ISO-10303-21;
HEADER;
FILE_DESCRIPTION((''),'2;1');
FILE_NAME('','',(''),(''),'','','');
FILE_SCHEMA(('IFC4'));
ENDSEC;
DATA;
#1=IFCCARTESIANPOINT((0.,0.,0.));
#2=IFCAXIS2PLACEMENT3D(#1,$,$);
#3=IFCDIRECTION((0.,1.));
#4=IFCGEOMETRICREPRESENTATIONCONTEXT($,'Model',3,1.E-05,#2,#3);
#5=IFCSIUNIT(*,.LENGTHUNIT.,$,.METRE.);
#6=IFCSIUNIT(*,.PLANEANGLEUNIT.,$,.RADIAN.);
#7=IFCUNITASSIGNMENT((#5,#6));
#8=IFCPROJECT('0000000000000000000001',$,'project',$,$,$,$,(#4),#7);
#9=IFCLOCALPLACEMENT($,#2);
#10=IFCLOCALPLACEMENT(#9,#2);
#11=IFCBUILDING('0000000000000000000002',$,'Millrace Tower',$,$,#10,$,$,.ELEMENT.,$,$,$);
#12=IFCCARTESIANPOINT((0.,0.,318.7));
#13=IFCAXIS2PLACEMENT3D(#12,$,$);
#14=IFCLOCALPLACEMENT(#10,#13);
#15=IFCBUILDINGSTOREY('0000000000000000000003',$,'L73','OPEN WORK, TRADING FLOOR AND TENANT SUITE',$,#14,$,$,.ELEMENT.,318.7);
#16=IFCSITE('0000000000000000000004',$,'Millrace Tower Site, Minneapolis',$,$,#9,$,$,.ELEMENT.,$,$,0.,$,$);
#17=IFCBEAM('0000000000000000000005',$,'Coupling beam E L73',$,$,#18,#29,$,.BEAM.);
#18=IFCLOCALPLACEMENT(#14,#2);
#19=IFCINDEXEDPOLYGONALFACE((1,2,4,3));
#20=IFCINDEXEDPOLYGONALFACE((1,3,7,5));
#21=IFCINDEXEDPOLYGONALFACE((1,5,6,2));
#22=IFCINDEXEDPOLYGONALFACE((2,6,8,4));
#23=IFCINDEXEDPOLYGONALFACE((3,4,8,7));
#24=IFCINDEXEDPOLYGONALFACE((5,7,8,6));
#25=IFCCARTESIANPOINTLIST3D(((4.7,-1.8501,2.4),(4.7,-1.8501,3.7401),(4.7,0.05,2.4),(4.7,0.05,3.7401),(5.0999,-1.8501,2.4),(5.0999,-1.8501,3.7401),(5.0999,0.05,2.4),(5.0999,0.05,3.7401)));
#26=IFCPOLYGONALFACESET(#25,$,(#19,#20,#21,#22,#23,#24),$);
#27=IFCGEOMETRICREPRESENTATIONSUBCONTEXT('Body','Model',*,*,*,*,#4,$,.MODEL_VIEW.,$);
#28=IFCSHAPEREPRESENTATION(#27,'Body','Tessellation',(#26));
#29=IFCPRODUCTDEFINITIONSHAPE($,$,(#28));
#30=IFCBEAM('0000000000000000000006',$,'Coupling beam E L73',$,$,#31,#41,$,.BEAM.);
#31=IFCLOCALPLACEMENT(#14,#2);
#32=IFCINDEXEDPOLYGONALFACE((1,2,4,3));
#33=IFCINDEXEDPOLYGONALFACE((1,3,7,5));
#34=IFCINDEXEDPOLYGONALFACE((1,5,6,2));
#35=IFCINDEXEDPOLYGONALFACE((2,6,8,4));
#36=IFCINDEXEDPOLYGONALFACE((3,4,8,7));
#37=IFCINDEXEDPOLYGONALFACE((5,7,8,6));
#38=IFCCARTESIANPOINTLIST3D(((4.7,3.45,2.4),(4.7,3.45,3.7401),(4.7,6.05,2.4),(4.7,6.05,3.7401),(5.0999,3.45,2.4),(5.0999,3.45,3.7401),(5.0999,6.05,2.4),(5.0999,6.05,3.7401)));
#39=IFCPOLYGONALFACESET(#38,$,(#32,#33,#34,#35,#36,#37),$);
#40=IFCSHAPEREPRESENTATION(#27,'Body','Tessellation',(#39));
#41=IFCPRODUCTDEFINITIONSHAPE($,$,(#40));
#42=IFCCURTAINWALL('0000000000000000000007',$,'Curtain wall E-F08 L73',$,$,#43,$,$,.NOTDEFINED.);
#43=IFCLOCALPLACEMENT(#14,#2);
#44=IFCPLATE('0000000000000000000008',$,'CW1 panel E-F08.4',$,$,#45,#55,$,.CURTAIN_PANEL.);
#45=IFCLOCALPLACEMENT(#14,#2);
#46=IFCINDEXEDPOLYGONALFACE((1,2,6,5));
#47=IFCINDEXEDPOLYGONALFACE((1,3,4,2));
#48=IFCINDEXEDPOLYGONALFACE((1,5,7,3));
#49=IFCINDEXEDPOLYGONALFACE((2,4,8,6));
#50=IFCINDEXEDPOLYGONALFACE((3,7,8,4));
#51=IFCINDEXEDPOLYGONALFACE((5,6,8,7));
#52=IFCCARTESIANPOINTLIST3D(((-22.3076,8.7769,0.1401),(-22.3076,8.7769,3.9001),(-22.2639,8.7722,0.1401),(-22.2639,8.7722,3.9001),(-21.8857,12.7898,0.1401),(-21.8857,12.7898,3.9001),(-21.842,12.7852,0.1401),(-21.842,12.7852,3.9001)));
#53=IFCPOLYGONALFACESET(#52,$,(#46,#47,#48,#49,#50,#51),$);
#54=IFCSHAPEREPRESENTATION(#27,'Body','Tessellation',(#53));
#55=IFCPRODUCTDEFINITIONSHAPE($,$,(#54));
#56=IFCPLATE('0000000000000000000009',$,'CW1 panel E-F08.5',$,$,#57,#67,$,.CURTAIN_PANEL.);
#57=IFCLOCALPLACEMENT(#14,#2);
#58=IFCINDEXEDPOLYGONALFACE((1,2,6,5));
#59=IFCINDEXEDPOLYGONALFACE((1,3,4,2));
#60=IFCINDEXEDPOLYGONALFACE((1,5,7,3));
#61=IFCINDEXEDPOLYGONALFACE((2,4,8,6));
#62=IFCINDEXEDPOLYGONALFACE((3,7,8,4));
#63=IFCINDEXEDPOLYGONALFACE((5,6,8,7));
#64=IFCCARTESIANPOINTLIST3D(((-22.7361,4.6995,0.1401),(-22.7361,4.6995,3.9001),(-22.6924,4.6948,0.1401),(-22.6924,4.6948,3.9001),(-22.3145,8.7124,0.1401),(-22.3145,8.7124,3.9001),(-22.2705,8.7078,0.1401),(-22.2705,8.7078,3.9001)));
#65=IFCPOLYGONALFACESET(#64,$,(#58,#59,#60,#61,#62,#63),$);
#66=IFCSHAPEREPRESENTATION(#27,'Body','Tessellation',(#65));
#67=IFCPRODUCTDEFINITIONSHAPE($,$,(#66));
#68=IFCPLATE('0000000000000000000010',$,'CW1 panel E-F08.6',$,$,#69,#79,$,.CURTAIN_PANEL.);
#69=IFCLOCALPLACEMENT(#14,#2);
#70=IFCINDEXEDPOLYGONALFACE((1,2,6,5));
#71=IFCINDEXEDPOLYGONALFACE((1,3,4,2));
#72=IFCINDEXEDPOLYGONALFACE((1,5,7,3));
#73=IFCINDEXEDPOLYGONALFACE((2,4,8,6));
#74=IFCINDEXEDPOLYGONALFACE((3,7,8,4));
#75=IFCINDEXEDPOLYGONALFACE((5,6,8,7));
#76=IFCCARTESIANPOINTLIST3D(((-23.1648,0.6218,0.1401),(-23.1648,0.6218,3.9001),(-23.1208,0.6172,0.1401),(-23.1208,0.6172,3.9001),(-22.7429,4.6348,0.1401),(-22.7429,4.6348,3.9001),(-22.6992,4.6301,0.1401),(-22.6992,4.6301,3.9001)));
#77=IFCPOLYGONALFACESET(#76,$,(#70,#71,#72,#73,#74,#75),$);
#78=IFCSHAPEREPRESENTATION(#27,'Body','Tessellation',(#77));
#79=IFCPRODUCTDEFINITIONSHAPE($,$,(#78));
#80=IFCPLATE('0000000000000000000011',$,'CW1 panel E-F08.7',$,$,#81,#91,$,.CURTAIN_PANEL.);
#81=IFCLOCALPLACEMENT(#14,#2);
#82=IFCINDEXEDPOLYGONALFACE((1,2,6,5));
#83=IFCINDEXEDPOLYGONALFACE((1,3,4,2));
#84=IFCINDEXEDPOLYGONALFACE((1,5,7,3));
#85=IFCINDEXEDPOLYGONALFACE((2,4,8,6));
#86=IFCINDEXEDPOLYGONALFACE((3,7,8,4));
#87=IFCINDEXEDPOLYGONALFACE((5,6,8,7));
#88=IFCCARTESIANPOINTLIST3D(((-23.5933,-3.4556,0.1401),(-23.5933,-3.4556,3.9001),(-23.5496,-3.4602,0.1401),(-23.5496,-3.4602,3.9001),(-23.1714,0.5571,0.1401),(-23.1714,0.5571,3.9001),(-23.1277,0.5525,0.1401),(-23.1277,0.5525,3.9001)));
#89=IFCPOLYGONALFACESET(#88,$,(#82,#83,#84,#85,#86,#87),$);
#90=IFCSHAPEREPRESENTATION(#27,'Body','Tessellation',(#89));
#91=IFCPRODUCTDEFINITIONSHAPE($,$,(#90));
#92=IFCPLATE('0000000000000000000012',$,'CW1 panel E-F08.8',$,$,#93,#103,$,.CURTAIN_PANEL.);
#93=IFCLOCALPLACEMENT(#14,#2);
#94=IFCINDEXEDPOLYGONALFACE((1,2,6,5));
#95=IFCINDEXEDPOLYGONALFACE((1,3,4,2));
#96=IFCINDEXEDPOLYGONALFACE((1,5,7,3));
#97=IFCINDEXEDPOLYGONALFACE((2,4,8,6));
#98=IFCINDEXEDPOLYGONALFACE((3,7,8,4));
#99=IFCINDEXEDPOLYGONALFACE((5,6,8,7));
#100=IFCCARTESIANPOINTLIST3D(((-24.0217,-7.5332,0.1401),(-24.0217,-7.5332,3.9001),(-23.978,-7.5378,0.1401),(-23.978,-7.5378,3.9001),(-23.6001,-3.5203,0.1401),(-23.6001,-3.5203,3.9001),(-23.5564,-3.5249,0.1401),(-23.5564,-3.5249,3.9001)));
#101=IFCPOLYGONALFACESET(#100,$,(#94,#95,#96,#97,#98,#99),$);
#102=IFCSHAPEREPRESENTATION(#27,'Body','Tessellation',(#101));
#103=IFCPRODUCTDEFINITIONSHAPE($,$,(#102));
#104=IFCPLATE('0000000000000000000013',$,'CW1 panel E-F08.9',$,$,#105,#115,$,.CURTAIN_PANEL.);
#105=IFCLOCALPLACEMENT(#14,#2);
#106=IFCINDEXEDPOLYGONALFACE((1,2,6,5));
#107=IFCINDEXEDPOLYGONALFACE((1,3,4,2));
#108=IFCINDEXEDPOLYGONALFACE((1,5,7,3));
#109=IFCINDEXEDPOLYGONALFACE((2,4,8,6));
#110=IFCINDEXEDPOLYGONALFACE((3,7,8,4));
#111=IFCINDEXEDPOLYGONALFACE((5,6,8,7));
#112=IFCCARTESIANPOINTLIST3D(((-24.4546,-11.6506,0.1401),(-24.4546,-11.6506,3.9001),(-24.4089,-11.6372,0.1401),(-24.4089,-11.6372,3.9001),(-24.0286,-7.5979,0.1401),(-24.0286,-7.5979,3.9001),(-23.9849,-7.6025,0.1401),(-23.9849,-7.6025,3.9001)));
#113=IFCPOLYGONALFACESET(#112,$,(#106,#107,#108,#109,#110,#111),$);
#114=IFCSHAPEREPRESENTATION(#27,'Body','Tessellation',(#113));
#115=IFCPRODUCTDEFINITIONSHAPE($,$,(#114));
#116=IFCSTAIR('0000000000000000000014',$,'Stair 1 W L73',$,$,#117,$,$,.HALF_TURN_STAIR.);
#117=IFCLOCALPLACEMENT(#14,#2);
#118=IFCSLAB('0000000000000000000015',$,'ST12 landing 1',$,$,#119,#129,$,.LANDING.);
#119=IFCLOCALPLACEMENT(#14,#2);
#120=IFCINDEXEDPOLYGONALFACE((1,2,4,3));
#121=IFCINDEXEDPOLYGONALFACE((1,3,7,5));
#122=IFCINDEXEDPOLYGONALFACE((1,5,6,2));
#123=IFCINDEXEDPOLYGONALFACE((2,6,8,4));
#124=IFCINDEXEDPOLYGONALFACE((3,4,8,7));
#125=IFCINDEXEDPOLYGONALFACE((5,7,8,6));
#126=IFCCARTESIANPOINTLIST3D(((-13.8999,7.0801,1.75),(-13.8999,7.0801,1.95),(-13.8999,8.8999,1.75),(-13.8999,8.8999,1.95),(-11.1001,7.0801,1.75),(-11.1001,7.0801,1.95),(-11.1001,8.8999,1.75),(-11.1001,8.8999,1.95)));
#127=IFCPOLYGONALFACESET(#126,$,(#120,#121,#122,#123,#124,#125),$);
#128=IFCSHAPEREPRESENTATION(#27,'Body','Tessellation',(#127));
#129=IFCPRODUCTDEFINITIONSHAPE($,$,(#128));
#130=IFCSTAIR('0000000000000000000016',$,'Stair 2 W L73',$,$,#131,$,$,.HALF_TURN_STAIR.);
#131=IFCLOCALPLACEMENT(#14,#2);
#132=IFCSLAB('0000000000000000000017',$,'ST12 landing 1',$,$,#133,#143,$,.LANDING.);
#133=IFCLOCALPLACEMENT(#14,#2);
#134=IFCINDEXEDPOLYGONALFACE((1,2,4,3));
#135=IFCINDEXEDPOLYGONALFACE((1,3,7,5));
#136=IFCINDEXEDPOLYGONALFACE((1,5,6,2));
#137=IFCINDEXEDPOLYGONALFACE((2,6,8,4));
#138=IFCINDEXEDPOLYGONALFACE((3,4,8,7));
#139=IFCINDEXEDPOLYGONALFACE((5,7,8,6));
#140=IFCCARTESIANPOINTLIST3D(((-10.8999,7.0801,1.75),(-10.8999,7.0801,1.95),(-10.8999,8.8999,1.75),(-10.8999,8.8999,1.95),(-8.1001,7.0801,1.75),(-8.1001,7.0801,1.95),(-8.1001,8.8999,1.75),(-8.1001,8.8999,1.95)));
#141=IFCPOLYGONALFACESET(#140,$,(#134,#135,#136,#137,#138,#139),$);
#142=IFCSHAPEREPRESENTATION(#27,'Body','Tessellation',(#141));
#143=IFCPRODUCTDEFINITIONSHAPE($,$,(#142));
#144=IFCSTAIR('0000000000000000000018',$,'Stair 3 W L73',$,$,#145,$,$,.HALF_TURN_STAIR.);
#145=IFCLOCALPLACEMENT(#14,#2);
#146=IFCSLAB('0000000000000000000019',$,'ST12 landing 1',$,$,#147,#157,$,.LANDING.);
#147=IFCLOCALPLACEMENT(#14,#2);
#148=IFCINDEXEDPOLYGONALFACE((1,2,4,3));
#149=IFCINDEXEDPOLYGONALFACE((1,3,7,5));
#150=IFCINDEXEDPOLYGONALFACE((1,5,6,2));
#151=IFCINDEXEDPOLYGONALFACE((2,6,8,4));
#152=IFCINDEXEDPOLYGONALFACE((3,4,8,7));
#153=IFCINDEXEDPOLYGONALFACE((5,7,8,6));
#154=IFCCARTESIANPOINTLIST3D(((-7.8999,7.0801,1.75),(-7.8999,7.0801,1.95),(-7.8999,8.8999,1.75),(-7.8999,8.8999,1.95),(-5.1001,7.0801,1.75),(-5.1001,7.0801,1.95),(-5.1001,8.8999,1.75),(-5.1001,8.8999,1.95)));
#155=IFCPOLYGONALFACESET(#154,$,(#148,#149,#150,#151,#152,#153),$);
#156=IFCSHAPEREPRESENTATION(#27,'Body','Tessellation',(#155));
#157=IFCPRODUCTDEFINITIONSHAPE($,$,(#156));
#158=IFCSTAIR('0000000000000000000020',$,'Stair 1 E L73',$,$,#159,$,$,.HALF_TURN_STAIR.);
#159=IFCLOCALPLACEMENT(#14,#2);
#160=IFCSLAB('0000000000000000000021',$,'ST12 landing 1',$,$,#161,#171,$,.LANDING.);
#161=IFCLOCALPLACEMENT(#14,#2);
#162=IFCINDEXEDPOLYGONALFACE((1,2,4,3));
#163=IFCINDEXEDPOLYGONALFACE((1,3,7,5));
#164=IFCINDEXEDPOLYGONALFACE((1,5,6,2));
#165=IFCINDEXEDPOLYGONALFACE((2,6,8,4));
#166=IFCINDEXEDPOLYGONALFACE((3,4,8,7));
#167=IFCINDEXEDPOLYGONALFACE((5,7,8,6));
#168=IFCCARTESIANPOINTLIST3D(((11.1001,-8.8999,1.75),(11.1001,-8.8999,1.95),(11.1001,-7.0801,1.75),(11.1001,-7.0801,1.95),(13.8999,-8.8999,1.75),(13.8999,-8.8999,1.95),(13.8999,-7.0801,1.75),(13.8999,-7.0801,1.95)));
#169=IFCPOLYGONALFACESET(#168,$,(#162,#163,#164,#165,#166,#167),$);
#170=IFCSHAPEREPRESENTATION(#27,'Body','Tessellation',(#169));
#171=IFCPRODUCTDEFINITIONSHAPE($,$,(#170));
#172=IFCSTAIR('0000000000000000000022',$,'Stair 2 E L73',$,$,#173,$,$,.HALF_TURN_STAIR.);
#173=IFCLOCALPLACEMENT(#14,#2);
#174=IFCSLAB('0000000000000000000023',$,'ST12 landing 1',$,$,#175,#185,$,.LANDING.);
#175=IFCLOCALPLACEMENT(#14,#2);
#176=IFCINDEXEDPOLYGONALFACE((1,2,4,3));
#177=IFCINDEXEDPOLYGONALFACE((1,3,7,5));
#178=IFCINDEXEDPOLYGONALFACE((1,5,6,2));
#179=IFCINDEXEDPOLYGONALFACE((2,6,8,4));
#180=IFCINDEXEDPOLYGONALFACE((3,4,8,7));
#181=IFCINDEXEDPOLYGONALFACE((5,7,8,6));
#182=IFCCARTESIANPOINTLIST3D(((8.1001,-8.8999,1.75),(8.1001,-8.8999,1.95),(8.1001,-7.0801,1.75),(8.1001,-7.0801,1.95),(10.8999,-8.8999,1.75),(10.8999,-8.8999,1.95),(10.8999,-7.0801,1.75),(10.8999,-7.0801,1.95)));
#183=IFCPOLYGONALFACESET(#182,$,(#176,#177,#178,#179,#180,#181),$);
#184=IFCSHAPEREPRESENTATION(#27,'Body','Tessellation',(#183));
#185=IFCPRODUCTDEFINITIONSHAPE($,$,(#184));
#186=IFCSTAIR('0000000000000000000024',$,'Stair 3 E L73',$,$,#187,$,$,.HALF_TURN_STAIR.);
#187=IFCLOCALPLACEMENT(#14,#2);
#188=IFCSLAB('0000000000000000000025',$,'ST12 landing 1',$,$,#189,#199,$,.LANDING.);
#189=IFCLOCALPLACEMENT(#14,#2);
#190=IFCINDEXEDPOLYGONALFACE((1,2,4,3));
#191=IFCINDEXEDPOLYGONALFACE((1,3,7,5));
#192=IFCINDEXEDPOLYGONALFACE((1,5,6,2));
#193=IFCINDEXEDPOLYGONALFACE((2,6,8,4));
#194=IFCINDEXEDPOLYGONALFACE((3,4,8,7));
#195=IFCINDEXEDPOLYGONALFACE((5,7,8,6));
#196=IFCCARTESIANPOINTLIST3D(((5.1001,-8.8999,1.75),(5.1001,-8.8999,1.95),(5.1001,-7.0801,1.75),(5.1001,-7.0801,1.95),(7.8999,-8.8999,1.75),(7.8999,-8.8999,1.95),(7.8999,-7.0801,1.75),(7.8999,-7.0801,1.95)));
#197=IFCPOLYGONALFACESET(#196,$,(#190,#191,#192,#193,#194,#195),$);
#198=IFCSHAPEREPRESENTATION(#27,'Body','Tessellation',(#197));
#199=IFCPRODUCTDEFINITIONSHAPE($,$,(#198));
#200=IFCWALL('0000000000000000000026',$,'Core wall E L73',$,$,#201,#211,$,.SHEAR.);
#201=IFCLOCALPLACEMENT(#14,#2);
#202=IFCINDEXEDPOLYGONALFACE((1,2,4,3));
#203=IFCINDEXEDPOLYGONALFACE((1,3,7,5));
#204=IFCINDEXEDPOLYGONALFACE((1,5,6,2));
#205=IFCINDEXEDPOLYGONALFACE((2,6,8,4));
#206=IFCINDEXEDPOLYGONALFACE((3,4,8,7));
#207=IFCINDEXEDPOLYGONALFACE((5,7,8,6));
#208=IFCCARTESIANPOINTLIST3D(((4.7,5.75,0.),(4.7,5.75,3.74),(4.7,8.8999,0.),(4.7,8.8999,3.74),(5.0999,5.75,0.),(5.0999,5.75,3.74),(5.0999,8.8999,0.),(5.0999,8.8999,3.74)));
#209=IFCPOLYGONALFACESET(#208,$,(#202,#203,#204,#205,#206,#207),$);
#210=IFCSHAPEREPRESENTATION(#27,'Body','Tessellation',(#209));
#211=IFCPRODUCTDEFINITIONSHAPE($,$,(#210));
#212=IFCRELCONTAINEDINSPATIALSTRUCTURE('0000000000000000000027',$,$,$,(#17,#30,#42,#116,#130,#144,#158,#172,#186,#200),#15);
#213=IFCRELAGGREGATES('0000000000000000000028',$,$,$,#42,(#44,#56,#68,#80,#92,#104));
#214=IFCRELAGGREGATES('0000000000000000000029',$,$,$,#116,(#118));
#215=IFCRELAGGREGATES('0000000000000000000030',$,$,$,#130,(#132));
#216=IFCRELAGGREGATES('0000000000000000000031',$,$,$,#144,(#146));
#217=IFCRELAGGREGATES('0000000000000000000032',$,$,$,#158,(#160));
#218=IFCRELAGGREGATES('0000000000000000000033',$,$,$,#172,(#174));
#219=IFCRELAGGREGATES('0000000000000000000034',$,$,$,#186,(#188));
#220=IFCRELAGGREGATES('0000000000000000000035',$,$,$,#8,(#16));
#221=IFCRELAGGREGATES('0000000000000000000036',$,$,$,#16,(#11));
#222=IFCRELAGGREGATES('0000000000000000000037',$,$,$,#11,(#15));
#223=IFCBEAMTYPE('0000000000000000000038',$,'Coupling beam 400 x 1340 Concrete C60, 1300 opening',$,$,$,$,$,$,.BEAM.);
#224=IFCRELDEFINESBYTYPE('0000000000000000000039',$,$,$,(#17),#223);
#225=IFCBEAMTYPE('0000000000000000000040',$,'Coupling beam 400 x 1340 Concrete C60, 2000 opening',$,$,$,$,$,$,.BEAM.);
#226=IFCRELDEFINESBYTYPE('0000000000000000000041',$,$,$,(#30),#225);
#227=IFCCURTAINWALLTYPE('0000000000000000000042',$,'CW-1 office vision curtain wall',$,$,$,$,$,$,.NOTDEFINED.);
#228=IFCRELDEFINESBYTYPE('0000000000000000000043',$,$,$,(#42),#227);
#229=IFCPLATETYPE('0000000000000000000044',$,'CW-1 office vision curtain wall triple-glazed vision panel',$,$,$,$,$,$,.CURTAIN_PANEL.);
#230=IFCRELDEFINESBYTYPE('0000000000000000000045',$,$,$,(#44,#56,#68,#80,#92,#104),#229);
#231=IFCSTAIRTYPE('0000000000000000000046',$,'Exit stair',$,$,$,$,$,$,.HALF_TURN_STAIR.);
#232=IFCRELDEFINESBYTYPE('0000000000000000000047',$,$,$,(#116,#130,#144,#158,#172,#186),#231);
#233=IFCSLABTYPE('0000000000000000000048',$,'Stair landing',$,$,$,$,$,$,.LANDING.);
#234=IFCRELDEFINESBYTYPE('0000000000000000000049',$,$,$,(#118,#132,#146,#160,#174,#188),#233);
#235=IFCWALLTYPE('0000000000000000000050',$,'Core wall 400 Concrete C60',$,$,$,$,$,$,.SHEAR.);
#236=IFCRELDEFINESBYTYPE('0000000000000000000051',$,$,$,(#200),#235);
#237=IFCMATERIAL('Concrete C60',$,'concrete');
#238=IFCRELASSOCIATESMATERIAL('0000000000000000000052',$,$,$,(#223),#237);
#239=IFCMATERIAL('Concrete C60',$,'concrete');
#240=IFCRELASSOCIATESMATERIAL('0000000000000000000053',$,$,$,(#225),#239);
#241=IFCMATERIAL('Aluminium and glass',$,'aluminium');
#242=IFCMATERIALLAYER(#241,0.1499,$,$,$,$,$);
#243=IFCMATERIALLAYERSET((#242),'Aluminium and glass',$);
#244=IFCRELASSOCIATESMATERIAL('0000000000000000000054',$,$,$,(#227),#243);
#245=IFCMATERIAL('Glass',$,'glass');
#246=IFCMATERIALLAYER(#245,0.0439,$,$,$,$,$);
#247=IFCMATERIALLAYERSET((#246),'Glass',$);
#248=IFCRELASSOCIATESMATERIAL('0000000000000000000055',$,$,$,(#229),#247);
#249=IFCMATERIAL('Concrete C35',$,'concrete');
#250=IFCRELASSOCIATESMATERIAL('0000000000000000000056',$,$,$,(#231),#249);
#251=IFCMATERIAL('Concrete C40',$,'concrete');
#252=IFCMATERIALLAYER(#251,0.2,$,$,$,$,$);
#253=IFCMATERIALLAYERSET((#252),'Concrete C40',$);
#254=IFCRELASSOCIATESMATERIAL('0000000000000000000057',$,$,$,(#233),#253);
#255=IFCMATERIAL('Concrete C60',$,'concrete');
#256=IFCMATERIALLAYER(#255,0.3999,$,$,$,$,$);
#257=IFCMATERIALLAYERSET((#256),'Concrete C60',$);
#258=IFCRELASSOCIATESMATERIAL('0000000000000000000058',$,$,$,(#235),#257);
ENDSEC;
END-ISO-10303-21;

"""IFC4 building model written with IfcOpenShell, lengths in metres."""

from ifc_helpers import new_model, si_unit, direction, frame, frame_2d, origin, origin_2d, place, context, subcontext, project, spatial, polyline, rectangle, outline, extrude, material, layer, layer_set, material_profile, profile_set, type_object, element, aggregate, save


model = new_model("IFC4")

# Units and contexts
model_context = context("Model", 3, precision=1e-05, world=origin(), true_north=direction((0.0, 1.0)))
body_context = subcontext(model_context, "Body", "Model", "MODEL_VIEW")
ifc_project = project(units=[si_unit("LENGTHUNIT", "METRE"), si_unit("PLANEANGLEUNIT", "RADIAN")], contexts=[model_context])

# Site, building, storey
site_placement = place(None, origin())
site = spatial("IfcSite", under=ifc_project, at=site_placement, Name="Millrace Tower Site, Minneapolis", CompositionType="ELEMENT", RefElevation=0.0)
building_placement = place(site_placement, origin())
building = spatial("IfcBuilding", under=site, at=building_placement, Name="Millrace Tower", CompositionType="ELEMENT")
storey_placement = place(building_placement, frame((0.0, 0.0, 318.7)))
storey = spatial("IfcBuildingStorey", under=building, at=storey_placement, Name="L73", Description="OPEN WORK, TRADING FLOOR AND TENANT SUITE", CompositionType="ELEMENT", Elevation=318.7)

# Beams
ifc_material_1 = material(Name="Concrete C60", Category="concrete")
ifc_material_profile_1 = material_profile(ifc_material_1, rectangle(XDim=0.3999, YDim=1.3401, at=origin_2d()))
ifc_profile_set_1 = profile_set([ifc_material_profile_1], Name="Concrete C60")
beam_type_1 = type_object("IfcBeamType", Name="Coupling beam 400 x 1340 Concrete C60, 1300 opening", PredefinedType="BEAM", material=ifc_profile_set_1)
beam_1_placement = place(storey_placement, frame((4.8999, 0.05, 3.0701), z_axis=(0.0, -1.0, 0.0), x_axis=(1.0, 0.0, 0.0)))
element("IfcBeam", 1, at=beam_1_placement, inside=storey, type_object=beam_type_1, Name="Coupling beam E L73", PredefinedType="BEAM", context=body_context, shape_type="SweptSolid", body=[
    extrude(rectangle(XDim=0.3999, YDim=1.3401, at=origin_2d()), origin(), (0.0, 0.0, 1.0), 1.9001),
])
ifc_material_2 = material(Name="Concrete C60", Category="concrete")
ifc_material_profile_2 = material_profile(ifc_material_2, rectangle(XDim=0.3999, YDim=1.3401, at=origin_2d()))
ifc_profile_set_2 = profile_set([ifc_material_profile_2], Name="Concrete C60")
beam_type_2 = type_object("IfcBeamType", Name="Coupling beam 400 x 1340 Concrete C60, 2000 opening", PredefinedType="BEAM", material=ifc_profile_set_2)
beam_2_placement = place(storey_placement, frame((4.8999, 6.05, 3.0701), z_axis=(0.0, -1.0, 0.0), x_axis=(1.0, 0.0, 0.0)))
element("IfcBeam", 2, at=beam_2_placement, inside=storey, type_object=beam_type_2, Name="Coupling beam E L73", PredefinedType="BEAM", context=body_context, shape_type="SweptSolid", body=[
    extrude(rectangle(XDim=0.3999, YDim=1.3401, at=origin_2d()), origin(), (0.0, 0.0, 1.0), 2.6001),
])

# Curtain wall, plates
ifc_material_3 = material(Name="Aluminium and glass", Category="aluminium")
ifc_layer_1 = layer(ifc_material_3, 0.1499)
ifc_layer_set_1 = layer_set([ifc_layer_1], Name="Aluminium and glass")
curtain_wall_type = type_object("IfcCurtainWallType", Name="CW-1 office vision curtain wall", PredefinedType="NOTDEFINED", material=ifc_layer_set_1)
placement_1 = place(storey_placement, origin())
curtain_wall = element("IfcCurtainWall", 3, at=placement_1, inside=storey, type_object=curtain_wall_type, Name="Curtain wall E-F08 L73", PredefinedType="NOTDEFINED")
ifc_material_4 = material(Name="Glass", Category="glass")
ifc_layer_2 = layer(ifc_material_4, 0.0439)
ifc_layer_set_2 = layer_set([ifc_layer_2], Name="Glass")
plate_type = type_object("IfcPlateType", Name="CW-1 office vision curtain wall triple-glazed vision panel", PredefinedType="CURTAIN_PANEL", material=ifc_layer_set_2)
placement_2 = place(storey_placement, frame((0.0, 0.0, 0.1401)))
plate_1 = element("IfcPlate", 4, at=placement_2, type_object=plate_type, Name="CW1 panel E-F08.4", PredefinedType="CURTAIN_PANEL", context=body_context, shape_type="SweptSolid", body=[
    extrude(outline(polyline([(-21.8857, 12.7898), (-22.3076, 8.7769), (-22.2639, 8.7722), (-21.842, 12.7852), (-21.8857, 12.7898)])), origin(), (0.0, 0.0, 1.0), 3.76),
])
plate_2 = element("IfcPlate", 5, at=placement_2, type_object=plate_type, Name="CW1 panel E-F08.5", PredefinedType="CURTAIN_PANEL", context=body_context, shape_type="SweptSolid", body=[
    extrude(outline(polyline([(-22.3145, 8.7124), (-22.7361, 4.6995), (-22.6924, 4.6948), (-22.2705, 8.7078), (-22.3145, 8.7124)])), origin(), (0.0, 0.0, 1.0), 3.76),
])
plate_3 = element("IfcPlate", 6, at=placement_2, type_object=plate_type, Name="CW1 panel E-F08.6", PredefinedType="CURTAIN_PANEL", context=body_context, shape_type="SweptSolid", body=[
    extrude(outline(polyline([(-22.7429, 4.6348), (-23.1648, 0.6218), (-23.1208, 0.6172), (-22.6992, 4.6301), (-22.7429, 4.6348)])), origin(), (0.0, 0.0, 1.0), 3.76),
])
plate_4 = element("IfcPlate", 7, at=placement_2, type_object=plate_type, Name="CW1 panel E-F08.7", PredefinedType="CURTAIN_PANEL", context=body_context, shape_type="SweptSolid", body=[
    extrude(outline(polyline([(-23.1714, 0.5571), (-23.5933, -3.4556), (-23.5496, -3.4602), (-23.1277, 0.5525), (-23.1714, 0.5571)])), origin(), (0.0, 0.0, 1.0), 3.76),
])
plate_5 = element("IfcPlate", 8, at=placement_2, type_object=plate_type, Name="CW1 panel E-F08.8", PredefinedType="CURTAIN_PANEL", context=body_context, shape_type="SweptSolid", body=[
    extrude(outline(polyline([(-23.6001, -3.5203), (-24.0217, -7.5332), (-23.978, -7.5378), (-23.5564, -3.5249), (-23.6001, -3.5203)])), origin(), (0.0, 0.0, 1.0), 3.76),
])
plate_6 = element("IfcPlate", 9, at=placement_2, type_object=plate_type, Name="CW1 panel E-F08.9", PredefinedType="CURTAIN_PANEL", context=body_context, shape_type="SweptSolid", body=[
    extrude(outline(polyline([(-24.0286, -7.5979), (-24.4546, -11.6506), (-24.4089, -11.6372), (-23.9849, -7.6025), (-24.0286, -7.5979)])), origin(), (0.0, 0.0, 1.0), 3.76),
])
aggregate(curtain_wall, [plate_1, plate_2, plate_3, plate_4, plate_5, plate_6])

# Stairs, slabs
ifc_material_5 = material(Name="Concrete C35", Category="concrete")
stair_type = type_object("IfcStairType", Name="Exit stair", PredefinedType="HALF_TURN_STAIR", material=ifc_material_5)
stair_1 = element("IfcStair", 10, at=placement_1, inside=storey, type_object=stair_type, Name="Stair 1 W L73", PredefinedType="HALF_TURN_STAIR")
ifc_material_6 = material(Name="Concrete C40", Category="concrete")
ifc_layer_3 = layer(ifc_material_6, 0.2)
ifc_layer_set_3 = layer_set([ifc_layer_3], Name="Concrete C40")
slab_type = type_object("IfcSlabType", Name="Stair landing", PredefinedType="LANDING", material=ifc_layer_set_3)
placement_3 = place(storey_placement, frame((0.0, 0.0, 1.75)))
slab_1 = element("IfcSlab", 11, at=placement_3, type_object=slab_type, Name="ST12 landing 1", PredefinedType="LANDING", context=body_context, shape_type="SweptSolid", body=[
    extrude(outline(polyline([(-13.8999, 7.0801), (-11.1001, 7.0801), (-11.1001, 8.8999), (-13.8999, 8.8999), (-13.8999, 7.0801)])), origin(), (0.0, 0.0, 1.0), 0.2),
])
aggregate(stair_1, [slab_1])
stair_2 = element("IfcStair", 12, at=placement_1, inside=storey, type_object=stair_type, Name="Stair 2 W L73", PredefinedType="HALF_TURN_STAIR")
slab_2 = element("IfcSlab", 13, at=placement_3, type_object=slab_type, Name="ST12 landing 1", PredefinedType="LANDING", context=body_context, shape_type="SweptSolid", body=[
    extrude(outline(polyline([(-10.8999, 7.0801), (-8.1001, 7.0801), (-8.1001, 8.8999), (-10.8999, 8.8999), (-10.8999, 7.0801)])), origin(), (0.0, 0.0, 1.0), 0.2),
])
aggregate(stair_2, [slab_2])
stair_3 = element("IfcStair", 14, at=placement_1, inside=storey, type_object=stair_type, Name="Stair 3 W L73", PredefinedType="HALF_TURN_STAIR")
slab_3 = element("IfcSlab", 15, at=placement_3, type_object=slab_type, Name="ST12 landing 1", PredefinedType="LANDING", context=body_context, shape_type="SweptSolid", body=[
    extrude(outline(polyline([(-7.8999, 7.0801), (-5.1001, 7.0801), (-5.1001, 8.8999), (-7.8999, 8.8999), (-7.8999, 7.0801)])), origin(), (0.0, 0.0, 1.0), 0.2),
])
aggregate(stair_3, [slab_3])
stair_4 = element("IfcStair", 16, at=placement_1, inside=storey, type_object=stair_type, Name="Stair 1 E L73", PredefinedType="HALF_TURN_STAIR")
slab_4 = element("IfcSlab", 17, at=placement_3, type_object=slab_type, Name="ST12 landing 1", PredefinedType="LANDING", context=body_context, shape_type="SweptSolid", body=[
    extrude(outline(polyline([(11.1001, -8.8999), (13.8999, -8.8999), (13.8999, -7.0801), (11.1001, -7.0801), (11.1001, -8.8999)])), origin(), (0.0, 0.0, 1.0), 0.2),
])
aggregate(stair_4, [slab_4])
stair_5 = element("IfcStair", 18, at=placement_1, inside=storey, type_object=stair_type, Name="Stair 2 E L73", PredefinedType="HALF_TURN_STAIR")
slab_5 = element("IfcSlab", 19, at=placement_3, type_object=slab_type, Name="ST12 landing 1", PredefinedType="LANDING", context=body_context, shape_type="SweptSolid", body=[
    extrude(outline(polyline([(8.1001, -8.8999), (10.8999, -8.8999), (10.8999, -7.0801), (8.1001, -7.0801), (8.1001, -8.8999)])), origin(), (0.0, 0.0, 1.0), 0.2),
])
aggregate(stair_5, [slab_5])
stair_6 = element("IfcStair", 20, at=placement_1, inside=storey, type_object=stair_type, Name="Stair 3 E L73", PredefinedType="HALF_TURN_STAIR")
slab_6 = element("IfcSlab", 21, at=placement_3, type_object=slab_type, Name="ST12 landing 1", PredefinedType="LANDING", context=body_context, shape_type="SweptSolid", body=[
    extrude(outline(polyline([(5.1001, -8.8999), (7.8999, -8.8999), (7.8999, -7.0801), (5.1001, -7.0801), (5.1001, -8.8999)])), origin(), (0.0, 0.0, 1.0), 0.2),
])
aggregate(stair_6, [slab_6])

# Wall
ifc_material_7 = material(Name="Concrete C60", Category="concrete")
ifc_layer_4 = layer(ifc_material_7, 0.3999)
ifc_layer_set_4 = layer_set([ifc_layer_4], Name="Concrete C60")
wall_type_1 = type_object("IfcWallType", Name="Core wall 400 Concrete C60", PredefinedType="SHEAR", material=ifc_layer_set_4)
wall_1_placement = place(storey_placement, frame((4.8999, 8.8999, 0.0), z_axis=(0.0, 0.0, 1.0), x_axis=(0.0, -1.0, 0.0)))
element("IfcWall", 22, at=wall_1_placement, inside=storey, type_object=wall_type_1, Name="Core wall E L73", PredefinedType="SHEAR", context=body_context, shape_type="SweptSolid", body=[
    extrude(rectangle(XDim=3.1499, YDim=0.3999, at=frame_2d((1.575, 0.0))), origin(), (0.0, 0.0, 1.0), 3.74),
])

save(model, "model.ifc")
